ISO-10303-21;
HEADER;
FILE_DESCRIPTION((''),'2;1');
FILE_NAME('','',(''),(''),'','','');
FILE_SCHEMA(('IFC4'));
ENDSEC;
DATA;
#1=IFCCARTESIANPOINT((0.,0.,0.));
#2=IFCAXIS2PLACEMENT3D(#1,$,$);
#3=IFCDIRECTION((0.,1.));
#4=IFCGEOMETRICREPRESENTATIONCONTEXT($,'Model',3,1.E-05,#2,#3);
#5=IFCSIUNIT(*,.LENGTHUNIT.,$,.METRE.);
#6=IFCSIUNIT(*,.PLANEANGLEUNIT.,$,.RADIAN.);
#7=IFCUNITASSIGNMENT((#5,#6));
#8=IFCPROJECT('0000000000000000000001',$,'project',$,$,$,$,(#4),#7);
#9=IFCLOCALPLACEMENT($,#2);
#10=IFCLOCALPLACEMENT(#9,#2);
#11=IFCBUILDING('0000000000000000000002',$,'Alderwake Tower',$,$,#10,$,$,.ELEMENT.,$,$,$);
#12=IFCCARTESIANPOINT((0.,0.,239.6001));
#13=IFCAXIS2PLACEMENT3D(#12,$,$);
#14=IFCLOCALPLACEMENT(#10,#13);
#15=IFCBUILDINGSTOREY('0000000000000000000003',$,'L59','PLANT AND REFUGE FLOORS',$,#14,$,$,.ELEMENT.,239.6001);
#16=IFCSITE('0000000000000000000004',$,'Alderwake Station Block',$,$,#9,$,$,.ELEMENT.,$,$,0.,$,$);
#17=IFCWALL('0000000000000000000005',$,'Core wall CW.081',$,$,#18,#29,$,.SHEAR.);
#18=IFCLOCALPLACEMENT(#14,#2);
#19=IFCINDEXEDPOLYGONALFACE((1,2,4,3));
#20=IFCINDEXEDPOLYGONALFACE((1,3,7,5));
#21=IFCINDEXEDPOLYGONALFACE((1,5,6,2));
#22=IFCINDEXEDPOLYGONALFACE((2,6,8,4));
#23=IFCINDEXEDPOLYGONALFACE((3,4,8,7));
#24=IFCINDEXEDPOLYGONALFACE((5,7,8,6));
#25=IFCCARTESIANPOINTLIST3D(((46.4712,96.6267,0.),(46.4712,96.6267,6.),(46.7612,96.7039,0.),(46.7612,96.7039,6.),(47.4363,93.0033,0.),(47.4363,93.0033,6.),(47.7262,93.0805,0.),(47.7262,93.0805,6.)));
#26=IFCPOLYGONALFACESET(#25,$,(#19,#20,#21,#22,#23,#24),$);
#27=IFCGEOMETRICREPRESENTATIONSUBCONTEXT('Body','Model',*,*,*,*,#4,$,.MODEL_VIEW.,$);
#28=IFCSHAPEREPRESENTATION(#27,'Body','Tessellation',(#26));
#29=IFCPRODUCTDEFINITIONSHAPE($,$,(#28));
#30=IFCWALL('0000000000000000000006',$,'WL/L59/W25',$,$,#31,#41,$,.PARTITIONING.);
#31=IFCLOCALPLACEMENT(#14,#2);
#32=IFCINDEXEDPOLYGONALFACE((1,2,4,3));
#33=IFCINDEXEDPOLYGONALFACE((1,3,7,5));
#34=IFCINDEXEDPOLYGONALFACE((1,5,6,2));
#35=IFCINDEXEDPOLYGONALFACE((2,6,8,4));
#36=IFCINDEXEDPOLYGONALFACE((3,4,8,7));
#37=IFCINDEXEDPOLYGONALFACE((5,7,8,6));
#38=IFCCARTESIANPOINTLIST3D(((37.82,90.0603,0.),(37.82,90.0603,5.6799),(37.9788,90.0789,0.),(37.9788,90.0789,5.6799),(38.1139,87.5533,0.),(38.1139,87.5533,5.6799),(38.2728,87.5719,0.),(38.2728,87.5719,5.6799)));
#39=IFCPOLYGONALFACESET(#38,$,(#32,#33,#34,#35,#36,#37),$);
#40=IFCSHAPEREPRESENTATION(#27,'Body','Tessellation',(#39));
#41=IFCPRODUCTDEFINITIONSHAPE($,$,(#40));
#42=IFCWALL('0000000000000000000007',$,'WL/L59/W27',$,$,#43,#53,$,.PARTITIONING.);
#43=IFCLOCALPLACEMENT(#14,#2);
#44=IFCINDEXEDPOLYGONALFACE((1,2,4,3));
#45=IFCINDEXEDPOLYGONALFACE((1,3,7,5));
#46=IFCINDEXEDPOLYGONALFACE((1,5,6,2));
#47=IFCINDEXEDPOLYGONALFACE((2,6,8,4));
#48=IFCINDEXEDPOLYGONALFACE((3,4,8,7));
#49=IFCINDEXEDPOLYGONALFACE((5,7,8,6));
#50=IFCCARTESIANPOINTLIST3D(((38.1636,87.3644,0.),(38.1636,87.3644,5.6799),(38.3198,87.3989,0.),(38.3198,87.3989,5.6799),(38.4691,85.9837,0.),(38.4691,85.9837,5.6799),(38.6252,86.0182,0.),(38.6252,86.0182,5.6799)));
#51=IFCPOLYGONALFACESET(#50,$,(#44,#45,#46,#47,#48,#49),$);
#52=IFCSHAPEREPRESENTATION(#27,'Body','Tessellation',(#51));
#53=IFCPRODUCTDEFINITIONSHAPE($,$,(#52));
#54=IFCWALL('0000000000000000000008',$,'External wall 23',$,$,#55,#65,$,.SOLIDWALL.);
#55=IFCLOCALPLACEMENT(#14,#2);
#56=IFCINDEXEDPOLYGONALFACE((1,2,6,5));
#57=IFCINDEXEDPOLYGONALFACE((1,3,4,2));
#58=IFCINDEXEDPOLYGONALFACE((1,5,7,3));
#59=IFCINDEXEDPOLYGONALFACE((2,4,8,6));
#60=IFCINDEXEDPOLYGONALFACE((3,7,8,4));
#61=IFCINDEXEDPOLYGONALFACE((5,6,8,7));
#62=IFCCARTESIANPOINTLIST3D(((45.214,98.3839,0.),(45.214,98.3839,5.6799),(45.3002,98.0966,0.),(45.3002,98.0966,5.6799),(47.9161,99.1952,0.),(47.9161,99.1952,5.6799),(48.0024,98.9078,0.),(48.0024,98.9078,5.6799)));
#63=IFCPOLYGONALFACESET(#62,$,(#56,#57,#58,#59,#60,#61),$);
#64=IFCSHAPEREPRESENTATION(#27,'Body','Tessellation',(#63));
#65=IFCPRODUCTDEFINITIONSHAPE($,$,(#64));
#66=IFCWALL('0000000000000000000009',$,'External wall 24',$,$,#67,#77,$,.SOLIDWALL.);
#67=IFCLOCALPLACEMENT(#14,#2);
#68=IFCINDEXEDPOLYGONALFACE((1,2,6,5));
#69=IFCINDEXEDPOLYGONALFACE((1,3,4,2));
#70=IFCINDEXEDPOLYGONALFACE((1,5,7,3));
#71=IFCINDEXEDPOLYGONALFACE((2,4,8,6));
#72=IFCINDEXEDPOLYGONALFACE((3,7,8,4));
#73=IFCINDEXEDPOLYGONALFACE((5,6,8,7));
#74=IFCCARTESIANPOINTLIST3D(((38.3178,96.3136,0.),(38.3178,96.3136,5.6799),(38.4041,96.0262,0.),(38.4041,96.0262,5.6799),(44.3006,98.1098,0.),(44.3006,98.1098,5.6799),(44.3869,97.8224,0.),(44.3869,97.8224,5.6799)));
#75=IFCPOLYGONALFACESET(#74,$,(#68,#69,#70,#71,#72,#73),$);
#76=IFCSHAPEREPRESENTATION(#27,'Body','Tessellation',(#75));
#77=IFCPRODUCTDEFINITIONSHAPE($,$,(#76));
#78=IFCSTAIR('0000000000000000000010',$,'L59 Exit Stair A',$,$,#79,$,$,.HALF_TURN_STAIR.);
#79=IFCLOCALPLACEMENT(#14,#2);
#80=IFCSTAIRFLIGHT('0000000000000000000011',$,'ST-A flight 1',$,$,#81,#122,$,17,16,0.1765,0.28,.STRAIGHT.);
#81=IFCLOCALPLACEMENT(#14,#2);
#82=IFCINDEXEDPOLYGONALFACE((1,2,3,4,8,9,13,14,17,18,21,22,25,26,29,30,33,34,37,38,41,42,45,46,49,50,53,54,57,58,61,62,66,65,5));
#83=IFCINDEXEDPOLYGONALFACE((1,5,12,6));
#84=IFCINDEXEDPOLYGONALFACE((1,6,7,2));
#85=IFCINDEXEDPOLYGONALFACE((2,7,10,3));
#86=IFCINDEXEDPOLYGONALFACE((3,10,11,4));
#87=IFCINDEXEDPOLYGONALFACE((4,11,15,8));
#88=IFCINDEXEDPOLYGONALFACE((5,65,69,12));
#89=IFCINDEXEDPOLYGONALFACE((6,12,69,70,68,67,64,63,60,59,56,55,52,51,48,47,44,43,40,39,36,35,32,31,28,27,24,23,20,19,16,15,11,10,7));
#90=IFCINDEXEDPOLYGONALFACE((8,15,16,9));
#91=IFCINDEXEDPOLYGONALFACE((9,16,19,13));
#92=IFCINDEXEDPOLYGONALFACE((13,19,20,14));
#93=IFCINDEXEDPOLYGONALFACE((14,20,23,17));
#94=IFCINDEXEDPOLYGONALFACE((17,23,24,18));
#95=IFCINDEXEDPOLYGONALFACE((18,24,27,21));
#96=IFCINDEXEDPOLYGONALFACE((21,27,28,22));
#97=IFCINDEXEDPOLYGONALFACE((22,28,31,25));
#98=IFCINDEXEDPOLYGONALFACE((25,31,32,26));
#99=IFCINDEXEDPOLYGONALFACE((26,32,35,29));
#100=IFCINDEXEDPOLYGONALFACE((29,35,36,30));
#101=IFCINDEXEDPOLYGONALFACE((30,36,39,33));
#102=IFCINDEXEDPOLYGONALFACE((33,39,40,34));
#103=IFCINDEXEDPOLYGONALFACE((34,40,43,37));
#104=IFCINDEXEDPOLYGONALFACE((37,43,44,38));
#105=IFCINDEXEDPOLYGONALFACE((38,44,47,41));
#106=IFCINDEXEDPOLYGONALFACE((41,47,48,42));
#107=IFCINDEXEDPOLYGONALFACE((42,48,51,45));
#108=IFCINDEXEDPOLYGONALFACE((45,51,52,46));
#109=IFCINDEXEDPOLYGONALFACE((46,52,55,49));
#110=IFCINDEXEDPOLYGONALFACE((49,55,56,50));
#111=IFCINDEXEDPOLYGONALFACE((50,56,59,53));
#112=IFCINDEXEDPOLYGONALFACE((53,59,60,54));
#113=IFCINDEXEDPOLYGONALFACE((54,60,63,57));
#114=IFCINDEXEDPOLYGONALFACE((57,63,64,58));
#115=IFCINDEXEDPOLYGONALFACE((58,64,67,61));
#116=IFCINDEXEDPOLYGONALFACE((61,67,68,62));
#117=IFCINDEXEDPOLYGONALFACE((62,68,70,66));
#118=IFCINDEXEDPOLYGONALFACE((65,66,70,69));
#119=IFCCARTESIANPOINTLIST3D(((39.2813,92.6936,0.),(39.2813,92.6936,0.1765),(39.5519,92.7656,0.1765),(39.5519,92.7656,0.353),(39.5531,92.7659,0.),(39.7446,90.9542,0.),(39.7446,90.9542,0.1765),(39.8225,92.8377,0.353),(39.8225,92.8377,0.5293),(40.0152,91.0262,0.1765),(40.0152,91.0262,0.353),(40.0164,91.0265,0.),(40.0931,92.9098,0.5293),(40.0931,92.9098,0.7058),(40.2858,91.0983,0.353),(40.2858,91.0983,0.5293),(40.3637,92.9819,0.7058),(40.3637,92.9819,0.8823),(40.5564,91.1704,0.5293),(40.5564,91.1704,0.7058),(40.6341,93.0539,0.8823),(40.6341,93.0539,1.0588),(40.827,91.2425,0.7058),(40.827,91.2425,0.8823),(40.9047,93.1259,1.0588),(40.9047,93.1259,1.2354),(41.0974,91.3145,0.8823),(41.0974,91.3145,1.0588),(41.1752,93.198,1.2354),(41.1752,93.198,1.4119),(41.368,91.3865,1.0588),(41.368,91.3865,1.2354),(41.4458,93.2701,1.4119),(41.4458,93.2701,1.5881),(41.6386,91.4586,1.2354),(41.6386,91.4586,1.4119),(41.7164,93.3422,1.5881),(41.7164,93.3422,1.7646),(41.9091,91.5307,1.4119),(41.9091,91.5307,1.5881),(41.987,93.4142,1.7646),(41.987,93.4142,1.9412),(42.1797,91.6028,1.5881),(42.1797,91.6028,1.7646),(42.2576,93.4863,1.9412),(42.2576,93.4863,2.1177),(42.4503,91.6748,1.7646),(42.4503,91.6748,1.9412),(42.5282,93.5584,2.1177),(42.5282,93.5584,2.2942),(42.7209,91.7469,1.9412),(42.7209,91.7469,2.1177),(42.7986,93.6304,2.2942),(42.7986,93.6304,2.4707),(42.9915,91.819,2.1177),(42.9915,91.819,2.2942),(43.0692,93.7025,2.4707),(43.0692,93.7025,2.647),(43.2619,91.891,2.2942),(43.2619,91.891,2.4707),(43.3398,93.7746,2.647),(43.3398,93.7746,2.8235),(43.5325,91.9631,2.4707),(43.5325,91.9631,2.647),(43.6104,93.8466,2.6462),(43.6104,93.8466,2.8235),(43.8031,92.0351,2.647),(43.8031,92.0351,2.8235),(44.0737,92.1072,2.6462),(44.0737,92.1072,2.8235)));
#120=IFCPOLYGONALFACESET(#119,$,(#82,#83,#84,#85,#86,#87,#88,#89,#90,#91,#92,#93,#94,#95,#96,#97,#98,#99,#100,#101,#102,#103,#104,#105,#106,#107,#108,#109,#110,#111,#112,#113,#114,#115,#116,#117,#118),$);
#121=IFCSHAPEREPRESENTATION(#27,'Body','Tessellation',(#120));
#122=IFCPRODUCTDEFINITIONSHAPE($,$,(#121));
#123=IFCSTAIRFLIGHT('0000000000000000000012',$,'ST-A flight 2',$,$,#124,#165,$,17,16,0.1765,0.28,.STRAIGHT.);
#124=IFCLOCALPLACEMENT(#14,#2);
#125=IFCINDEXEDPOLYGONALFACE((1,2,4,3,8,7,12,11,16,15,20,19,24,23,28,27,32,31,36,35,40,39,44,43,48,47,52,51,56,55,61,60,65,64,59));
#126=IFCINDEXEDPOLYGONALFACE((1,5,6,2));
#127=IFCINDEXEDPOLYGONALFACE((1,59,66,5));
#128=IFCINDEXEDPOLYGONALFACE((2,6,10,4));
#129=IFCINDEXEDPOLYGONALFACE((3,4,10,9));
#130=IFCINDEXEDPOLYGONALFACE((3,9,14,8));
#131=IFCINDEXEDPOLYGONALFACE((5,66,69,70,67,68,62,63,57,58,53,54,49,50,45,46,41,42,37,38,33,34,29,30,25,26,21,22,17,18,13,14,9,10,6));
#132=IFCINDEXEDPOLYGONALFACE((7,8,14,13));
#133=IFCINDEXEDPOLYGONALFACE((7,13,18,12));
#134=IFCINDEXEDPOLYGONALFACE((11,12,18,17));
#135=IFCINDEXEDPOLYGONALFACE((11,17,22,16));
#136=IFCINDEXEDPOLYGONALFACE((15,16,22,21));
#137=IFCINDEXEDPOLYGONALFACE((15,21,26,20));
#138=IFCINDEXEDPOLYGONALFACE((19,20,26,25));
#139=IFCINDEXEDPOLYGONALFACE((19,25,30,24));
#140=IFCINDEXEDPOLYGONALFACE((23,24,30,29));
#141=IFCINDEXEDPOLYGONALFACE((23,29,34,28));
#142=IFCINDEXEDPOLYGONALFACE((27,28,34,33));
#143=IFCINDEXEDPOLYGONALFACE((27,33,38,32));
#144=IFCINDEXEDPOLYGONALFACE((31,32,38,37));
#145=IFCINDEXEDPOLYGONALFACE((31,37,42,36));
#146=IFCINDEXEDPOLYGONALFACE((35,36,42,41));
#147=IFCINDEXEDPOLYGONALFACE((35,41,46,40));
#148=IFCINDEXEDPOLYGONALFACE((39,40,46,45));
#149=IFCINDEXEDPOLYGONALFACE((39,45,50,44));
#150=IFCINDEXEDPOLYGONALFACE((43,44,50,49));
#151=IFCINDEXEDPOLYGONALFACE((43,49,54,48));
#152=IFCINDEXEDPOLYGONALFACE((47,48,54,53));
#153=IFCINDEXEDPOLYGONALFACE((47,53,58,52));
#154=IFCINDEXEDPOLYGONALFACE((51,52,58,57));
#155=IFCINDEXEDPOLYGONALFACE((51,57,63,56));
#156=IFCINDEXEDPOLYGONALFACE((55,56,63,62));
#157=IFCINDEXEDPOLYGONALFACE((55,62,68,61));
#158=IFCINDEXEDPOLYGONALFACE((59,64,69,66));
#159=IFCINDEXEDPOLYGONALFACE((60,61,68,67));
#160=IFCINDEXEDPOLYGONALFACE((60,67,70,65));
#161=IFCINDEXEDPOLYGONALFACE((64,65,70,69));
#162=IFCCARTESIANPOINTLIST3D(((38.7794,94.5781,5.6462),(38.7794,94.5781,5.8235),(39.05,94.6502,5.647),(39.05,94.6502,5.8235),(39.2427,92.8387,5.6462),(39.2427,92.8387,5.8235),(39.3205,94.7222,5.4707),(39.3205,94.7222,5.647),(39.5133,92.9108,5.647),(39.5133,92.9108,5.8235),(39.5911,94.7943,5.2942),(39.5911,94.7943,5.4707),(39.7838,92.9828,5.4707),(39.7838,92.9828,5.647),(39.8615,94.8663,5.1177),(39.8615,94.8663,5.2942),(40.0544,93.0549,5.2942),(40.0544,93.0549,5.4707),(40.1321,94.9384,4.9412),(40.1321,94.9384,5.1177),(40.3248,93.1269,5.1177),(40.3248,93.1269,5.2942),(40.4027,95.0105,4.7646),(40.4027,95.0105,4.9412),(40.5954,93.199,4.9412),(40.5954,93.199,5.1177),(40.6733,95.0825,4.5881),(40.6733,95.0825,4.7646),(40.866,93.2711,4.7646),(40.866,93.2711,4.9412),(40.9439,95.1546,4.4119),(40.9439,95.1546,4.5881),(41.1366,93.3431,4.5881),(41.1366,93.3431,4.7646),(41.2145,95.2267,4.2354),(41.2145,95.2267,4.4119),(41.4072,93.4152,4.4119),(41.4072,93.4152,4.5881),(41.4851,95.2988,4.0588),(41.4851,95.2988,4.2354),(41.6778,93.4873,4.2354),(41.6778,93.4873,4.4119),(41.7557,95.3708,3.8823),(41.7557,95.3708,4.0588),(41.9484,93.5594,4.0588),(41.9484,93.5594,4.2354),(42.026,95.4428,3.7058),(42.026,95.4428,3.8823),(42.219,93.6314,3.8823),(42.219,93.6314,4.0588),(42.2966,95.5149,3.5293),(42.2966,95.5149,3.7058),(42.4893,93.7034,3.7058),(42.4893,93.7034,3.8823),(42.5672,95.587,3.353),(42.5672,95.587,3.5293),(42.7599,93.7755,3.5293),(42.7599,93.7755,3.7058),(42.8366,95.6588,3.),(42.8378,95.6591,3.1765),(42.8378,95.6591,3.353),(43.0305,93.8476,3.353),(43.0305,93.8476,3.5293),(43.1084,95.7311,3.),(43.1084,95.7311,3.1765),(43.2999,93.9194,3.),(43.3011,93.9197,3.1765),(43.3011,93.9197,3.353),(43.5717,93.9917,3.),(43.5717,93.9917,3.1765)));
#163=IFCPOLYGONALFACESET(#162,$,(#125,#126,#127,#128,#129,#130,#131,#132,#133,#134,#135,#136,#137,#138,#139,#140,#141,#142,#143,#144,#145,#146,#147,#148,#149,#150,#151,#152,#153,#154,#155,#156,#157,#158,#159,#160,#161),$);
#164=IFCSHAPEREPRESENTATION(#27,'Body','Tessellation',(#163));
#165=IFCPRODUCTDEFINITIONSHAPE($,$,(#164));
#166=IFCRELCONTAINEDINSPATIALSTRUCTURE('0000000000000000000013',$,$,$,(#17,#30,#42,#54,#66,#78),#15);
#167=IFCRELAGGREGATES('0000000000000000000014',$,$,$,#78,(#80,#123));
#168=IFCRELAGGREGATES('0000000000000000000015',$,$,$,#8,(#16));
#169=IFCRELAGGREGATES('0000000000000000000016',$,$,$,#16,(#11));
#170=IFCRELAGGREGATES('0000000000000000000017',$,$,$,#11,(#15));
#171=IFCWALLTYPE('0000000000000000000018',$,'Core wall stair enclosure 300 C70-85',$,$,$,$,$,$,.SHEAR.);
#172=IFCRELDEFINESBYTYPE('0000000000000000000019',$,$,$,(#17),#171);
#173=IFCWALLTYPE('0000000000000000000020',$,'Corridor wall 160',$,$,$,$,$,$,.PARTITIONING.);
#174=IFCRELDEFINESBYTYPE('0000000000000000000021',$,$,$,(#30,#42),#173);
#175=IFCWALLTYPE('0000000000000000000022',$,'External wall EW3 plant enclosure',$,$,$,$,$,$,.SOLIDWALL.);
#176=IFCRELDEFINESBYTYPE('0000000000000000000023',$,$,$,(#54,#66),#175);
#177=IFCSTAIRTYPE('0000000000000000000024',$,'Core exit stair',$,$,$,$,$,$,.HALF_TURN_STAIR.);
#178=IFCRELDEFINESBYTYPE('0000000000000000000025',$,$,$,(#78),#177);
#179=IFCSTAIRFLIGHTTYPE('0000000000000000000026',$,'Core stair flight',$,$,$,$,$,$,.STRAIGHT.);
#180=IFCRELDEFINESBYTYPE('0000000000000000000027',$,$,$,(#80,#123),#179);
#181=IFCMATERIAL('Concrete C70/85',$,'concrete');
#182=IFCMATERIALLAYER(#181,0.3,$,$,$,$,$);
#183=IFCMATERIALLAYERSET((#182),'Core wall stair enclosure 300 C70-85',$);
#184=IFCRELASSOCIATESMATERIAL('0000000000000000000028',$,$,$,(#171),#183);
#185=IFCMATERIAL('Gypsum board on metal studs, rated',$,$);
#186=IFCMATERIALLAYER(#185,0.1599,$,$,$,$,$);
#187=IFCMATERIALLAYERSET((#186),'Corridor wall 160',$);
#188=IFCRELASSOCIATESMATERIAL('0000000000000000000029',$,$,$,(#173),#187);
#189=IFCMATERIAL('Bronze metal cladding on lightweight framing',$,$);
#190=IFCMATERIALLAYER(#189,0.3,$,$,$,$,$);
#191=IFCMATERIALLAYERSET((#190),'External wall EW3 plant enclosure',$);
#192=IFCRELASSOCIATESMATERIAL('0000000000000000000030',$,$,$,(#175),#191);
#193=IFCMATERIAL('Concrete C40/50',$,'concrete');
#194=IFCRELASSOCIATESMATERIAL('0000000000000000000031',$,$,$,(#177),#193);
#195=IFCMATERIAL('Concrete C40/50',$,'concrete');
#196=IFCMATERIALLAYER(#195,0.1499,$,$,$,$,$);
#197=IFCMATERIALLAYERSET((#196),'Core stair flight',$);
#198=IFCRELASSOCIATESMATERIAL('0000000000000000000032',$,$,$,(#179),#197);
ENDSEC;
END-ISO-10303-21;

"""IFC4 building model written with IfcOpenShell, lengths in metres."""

from ifc_helpers import new_model, si_unit, direction, frame, frame_2d, origin, place, context, subcontext, project, spatial, polyline, rectangle, outline, extrude, material, layer, layer_set, type_object, element, aggregate, save


model = new_model("IFC4")

# Units and contexts
model_context = context("Model", 3, precision=1e-05, world=origin(), true_north=direction((0.0, 1.0)))
body_context = subcontext(model_context, "Body", "Model", "MODEL_VIEW")
ifc_project = project(units=[si_unit("LENGTHUNIT", "METRE"), si_unit("PLANEANGLEUNIT", "RADIAN")], contexts=[model_context])

# Site, building, storey
site_placement = place(None, origin())
site = spatial("IfcSite", under=ifc_project, at=site_placement, Name="Alderwake Station Block", CompositionType="ELEMENT", RefElevation=0.0)
building_placement = place(site_placement, origin())
building = spatial("IfcBuilding", under=site, at=building_placement, Name="Alderwake Tower", CompositionType="ELEMENT")
storey_placement = place(building_placement, frame((0.0, 0.0, 239.6001)))
storey = spatial("IfcBuildingStorey", under=building, at=storey_placement, Name="L59", Description="PLANT AND REFUGE FLOORS", CompositionType="ELEMENT", Elevation=239.6001)

# Walls
ifc_material_1 = material(Name="Concrete C70/85", Category="concrete")
ifc_layer_1 = layer(ifc_material_1, 0.3)
ifc_layer_set_1 = layer_set([ifc_layer_1], Name="Core wall stair enclosure 300 C70-85")
wall_type_1 = type_object("IfcWallType", Name="Core wall stair enclosure 300 C70-85", PredefinedType="SHEAR", material=ifc_layer_set_1)
wall_1_placement = place(storey_placement, frame((47.5813, 93.0417, 0.0), z_axis=(0.0, 0.0, 1.0), x_axis=(-0.257367, 0.966314, 0.0)))
element("IfcWall", 1, at=wall_1_placement, inside=storey, type_object=wall_type_1, Name="Core wall CW.081", PredefinedType="SHEAR", context=body_context, shape_type="SweptSolid", body=[
    extrude(rectangle(XDim=3.7498, YDim=0.3, at=frame_2d((1.875, 0.0))), origin(), (0.0, 0.0, 1.0), 6.0),
])
ifc_material_2 = material(Name="Gypsum board on metal studs, rated")
ifc_layer_2 = layer(ifc_material_2, 0.1599)
ifc_layer_set_2 = layer_set([ifc_layer_2], Name="Corridor wall 160")
wall_type_2 = type_object("IfcWallType", Name="Corridor wall 160", PredefinedType="PARTITIONING", material=ifc_layer_set_2)
wall_2_placement = place(storey_placement, frame((38.1934, 87.5625, 0.0), z_axis=(0.0, 0.0, 1.0), x_axis=(-0.116448, 0.993197, 0.0)))
element("IfcWall", 2, at=wall_2_placement, inside=storey, type_object=wall_type_2, Name="WL/L59/W25", PredefinedType="PARTITIONING", context=body_context, shape_type="SweptSolid", body=[
    extrude(rectangle(XDim=2.5242, YDim=0.1599, at=frame_2d((1.2622, 0.0))), origin(), (0.0, 0.0, 1.0), 5.6799),
])
wall_3_placement = place(storey_placement, frame((38.5471, 86.001, 0.0), z_axis=(0.0, 0.0, 1.0), x_axis=(-0.215998, 0.976394, 0.0)))
element("IfcWall", 3, at=wall_3_placement, inside=storey, type_object=wall_type_2, Name="WL/L59/W27", PredefinedType="PARTITIONING", context=body_context, shape_type="SweptSolid", body=[
    extrude(rectangle(XDim=1.4141, YDim=0.1599, at=frame_2d((0.707, 0.0))), origin(), (0.0, 0.0, 1.0), 5.6799),
])
ifc_material_3 = material(Name="Bronze metal cladding on lightweight framing")
ifc_layer_3 = layer(ifc_material_3, 0.3)
ifc_layer_set_3 = layer_set([ifc_layer_3], Name="External wall EW3 plant enclosure")
wall_type_3 = type_object("IfcWallType", Name="External wall EW3 plant enclosure", PredefinedType="SOLIDWALL", material=ifc_layer_set_3)
wall_4_placement = place(storey_placement, frame((47.9592, 99.0515, 0.0), z_axis=(0.0, 0.0, 1.0), x_axis=(-0.957764, -0.287554, 0.0)))
element("IfcWall", 4, at=wall_4_placement, inside=storey, type_object=wall_type_3, Name="External wall 23", PredefinedType="SOLIDWALL", context=body_context, shape_type="SweptSolid", body=[
    extrude(rectangle(XDim=2.8213, YDim=0.3, at=frame_2d((1.4106, 0.0))), origin(), (0.0, 0.0, 1.0), 5.6799),
])
wall_5_placement = place(storey_placement, frame((44.3438, 97.9661, 0.0), z_axis=(0.0, 0.0, 1.0), x_axis=(-0.957767, -0.287545, 0.0)))
element("IfcWall", 5, at=wall_5_placement, inside=storey, type_object=wall_type_3, Name="External wall 24", PredefinedType="SOLIDWALL", context=body_context, shape_type="SweptSolid", body=[
    extrude(rectangle(XDim=6.2466, YDim=0.3, at=frame_2d((3.1233, 0.0))), origin(), (0.0, 0.0, 1.0), 5.6799),
])

# Stair, stair flights
ifc_material_4 = material(Name="Concrete C40/50", Category="concrete")
stair_type = type_object("IfcStairType", Name="Core exit stair", PredefinedType="HALF_TURN_STAIR", material=ifc_material_4)
stair_placement = place(storey_placement, origin())
stair = element("IfcStair", 6, at=stair_placement, inside=storey, type_object=stair_type, Name="L59 Exit Stair A", PredefinedType="HALF_TURN_STAIR")
ifc_material_5 = material(Name="Concrete C40/50", Category="concrete")
ifc_layer_4 = layer(ifc_material_5, 0.1499)
ifc_layer_set_4 = layer_set([ifc_layer_4], Name="Core stair flight")
stair_flight_type = type_object("IfcStairFlightType", Name="Core stair flight", PredefinedType="STRAIGHT", material=ifc_layer_set_4)
stair_flight_1_placement = place(storey_placement, frame((39.5129, 91.824, 0.0), z_axis=(0.0, 0.0, 1.0), x_axis=(0.96631, 0.257382, 0.0)))
stair_flight_1 = element("IfcStairFlight", 7, at=stair_flight_1_placement, type_object=stair_flight_type, Name="ST-A flight 1", NumberOfRisers=17, NumberOfTreads=16, PredefinedType="STRAIGHT", RiserHeight=0.1765, TreadLength=0.28, context=body_context, shape_type="SweptSolid", body=[
    extrude(outline(polyline([(0.0, 0.0), (0.0, 0.1765), (0.28, 0.1765), (0.28, 0.353), (0.5601, 0.353), (0.5601, 0.5293), (0.8401, 0.5293), (0.8401, 0.7058), (1.1201, 0.7058), (1.1201, 0.8823), (1.3999, 0.8823), (1.3999, 1.0588), (1.6799, 1.0588), (1.6799, 1.2354), (1.96, 1.2354), (1.96, 1.4119), (2.24, 1.4119), (2.24, 1.5881), (2.52, 1.5881), (2.52, 1.7646), (2.8, 1.7646), (2.8, 1.9412), (3.0801, 1.9412), (3.0801, 2.1177), (3.3601, 2.1177), (3.3601, 2.2942), (3.6399, 2.2942), (3.6399, 2.4707), (3.9199, 2.4707), (3.9199, 2.647), (4.2, 2.647), (4.2, 2.8235), (4.48, 2.8235), (4.48, 3.0), (4.48, 2.6462), (0.2812, 0.0), (0.0, 0.0)])), frame((0.0, 0.8999, 0.0), z_axis=(0.0, -1.0, 0.0), x_axis=(1.0, 0.0, 0.0)), (0.0, 0.0, 1.0), 1.8),
])
stair_flight_2_placement = place(storey_placement, frame((43.3401, 94.8613, 3.0), z_axis=(0.0, 0.0, 1.0), x_axis=(-0.96631, -0.257382, 0.0)))
stair_flight_2 = element("IfcStairFlight", 8, at=stair_flight_2_placement, type_object=stair_flight_type, Name="ST-A flight 2", NumberOfRisers=17, NumberOfTreads=16, PredefinedType="STRAIGHT", RiserHeight=0.1765, TreadLength=0.28, context=body_context, shape_type="SweptSolid", body=[
    extrude(outline(polyline([(0.0, 0.0), (0.0, 0.1765), (0.28, 0.1765), (0.28, 0.353), (0.5601, 0.353), (0.5601, 0.5293), (0.8401, 0.5293), (0.8401, 0.7058), (1.1201, 0.7058), (1.1201, 0.8823), (1.3999, 0.8823), (1.3999, 1.0588), (1.6799, 1.0588), (1.6799, 1.2354), (1.96, 1.2354), (1.96, 1.4119), (2.24, 1.4119), (2.24, 1.5881), (2.52, 1.5881), (2.52, 1.7646), (2.8, 1.7646), (2.8, 1.9412), (3.0801, 1.9412), (3.0801, 2.1177), (3.3601, 2.1177), (3.3601, 2.2942), (3.6399, 2.2942), (3.6399, 2.4707), (3.9199, 2.4707), (3.9199, 2.647), (4.2, 2.647), (4.2, 2.8235), (4.48, 2.8235), (4.48, 3.0), (4.48, 2.6462), (0.2812, 0.0), (0.0, 0.0)])), frame((0.0, 0.8999, 0.0), z_axis=(0.0, -1.0, 0.0), x_axis=(1.0, 0.0, 0.0)), (0.0, 0.0, 1.0), 1.8),
])
aggregate(stair, [stair_flight_1, stair_flight_2])

save(model, "model.ifc")
